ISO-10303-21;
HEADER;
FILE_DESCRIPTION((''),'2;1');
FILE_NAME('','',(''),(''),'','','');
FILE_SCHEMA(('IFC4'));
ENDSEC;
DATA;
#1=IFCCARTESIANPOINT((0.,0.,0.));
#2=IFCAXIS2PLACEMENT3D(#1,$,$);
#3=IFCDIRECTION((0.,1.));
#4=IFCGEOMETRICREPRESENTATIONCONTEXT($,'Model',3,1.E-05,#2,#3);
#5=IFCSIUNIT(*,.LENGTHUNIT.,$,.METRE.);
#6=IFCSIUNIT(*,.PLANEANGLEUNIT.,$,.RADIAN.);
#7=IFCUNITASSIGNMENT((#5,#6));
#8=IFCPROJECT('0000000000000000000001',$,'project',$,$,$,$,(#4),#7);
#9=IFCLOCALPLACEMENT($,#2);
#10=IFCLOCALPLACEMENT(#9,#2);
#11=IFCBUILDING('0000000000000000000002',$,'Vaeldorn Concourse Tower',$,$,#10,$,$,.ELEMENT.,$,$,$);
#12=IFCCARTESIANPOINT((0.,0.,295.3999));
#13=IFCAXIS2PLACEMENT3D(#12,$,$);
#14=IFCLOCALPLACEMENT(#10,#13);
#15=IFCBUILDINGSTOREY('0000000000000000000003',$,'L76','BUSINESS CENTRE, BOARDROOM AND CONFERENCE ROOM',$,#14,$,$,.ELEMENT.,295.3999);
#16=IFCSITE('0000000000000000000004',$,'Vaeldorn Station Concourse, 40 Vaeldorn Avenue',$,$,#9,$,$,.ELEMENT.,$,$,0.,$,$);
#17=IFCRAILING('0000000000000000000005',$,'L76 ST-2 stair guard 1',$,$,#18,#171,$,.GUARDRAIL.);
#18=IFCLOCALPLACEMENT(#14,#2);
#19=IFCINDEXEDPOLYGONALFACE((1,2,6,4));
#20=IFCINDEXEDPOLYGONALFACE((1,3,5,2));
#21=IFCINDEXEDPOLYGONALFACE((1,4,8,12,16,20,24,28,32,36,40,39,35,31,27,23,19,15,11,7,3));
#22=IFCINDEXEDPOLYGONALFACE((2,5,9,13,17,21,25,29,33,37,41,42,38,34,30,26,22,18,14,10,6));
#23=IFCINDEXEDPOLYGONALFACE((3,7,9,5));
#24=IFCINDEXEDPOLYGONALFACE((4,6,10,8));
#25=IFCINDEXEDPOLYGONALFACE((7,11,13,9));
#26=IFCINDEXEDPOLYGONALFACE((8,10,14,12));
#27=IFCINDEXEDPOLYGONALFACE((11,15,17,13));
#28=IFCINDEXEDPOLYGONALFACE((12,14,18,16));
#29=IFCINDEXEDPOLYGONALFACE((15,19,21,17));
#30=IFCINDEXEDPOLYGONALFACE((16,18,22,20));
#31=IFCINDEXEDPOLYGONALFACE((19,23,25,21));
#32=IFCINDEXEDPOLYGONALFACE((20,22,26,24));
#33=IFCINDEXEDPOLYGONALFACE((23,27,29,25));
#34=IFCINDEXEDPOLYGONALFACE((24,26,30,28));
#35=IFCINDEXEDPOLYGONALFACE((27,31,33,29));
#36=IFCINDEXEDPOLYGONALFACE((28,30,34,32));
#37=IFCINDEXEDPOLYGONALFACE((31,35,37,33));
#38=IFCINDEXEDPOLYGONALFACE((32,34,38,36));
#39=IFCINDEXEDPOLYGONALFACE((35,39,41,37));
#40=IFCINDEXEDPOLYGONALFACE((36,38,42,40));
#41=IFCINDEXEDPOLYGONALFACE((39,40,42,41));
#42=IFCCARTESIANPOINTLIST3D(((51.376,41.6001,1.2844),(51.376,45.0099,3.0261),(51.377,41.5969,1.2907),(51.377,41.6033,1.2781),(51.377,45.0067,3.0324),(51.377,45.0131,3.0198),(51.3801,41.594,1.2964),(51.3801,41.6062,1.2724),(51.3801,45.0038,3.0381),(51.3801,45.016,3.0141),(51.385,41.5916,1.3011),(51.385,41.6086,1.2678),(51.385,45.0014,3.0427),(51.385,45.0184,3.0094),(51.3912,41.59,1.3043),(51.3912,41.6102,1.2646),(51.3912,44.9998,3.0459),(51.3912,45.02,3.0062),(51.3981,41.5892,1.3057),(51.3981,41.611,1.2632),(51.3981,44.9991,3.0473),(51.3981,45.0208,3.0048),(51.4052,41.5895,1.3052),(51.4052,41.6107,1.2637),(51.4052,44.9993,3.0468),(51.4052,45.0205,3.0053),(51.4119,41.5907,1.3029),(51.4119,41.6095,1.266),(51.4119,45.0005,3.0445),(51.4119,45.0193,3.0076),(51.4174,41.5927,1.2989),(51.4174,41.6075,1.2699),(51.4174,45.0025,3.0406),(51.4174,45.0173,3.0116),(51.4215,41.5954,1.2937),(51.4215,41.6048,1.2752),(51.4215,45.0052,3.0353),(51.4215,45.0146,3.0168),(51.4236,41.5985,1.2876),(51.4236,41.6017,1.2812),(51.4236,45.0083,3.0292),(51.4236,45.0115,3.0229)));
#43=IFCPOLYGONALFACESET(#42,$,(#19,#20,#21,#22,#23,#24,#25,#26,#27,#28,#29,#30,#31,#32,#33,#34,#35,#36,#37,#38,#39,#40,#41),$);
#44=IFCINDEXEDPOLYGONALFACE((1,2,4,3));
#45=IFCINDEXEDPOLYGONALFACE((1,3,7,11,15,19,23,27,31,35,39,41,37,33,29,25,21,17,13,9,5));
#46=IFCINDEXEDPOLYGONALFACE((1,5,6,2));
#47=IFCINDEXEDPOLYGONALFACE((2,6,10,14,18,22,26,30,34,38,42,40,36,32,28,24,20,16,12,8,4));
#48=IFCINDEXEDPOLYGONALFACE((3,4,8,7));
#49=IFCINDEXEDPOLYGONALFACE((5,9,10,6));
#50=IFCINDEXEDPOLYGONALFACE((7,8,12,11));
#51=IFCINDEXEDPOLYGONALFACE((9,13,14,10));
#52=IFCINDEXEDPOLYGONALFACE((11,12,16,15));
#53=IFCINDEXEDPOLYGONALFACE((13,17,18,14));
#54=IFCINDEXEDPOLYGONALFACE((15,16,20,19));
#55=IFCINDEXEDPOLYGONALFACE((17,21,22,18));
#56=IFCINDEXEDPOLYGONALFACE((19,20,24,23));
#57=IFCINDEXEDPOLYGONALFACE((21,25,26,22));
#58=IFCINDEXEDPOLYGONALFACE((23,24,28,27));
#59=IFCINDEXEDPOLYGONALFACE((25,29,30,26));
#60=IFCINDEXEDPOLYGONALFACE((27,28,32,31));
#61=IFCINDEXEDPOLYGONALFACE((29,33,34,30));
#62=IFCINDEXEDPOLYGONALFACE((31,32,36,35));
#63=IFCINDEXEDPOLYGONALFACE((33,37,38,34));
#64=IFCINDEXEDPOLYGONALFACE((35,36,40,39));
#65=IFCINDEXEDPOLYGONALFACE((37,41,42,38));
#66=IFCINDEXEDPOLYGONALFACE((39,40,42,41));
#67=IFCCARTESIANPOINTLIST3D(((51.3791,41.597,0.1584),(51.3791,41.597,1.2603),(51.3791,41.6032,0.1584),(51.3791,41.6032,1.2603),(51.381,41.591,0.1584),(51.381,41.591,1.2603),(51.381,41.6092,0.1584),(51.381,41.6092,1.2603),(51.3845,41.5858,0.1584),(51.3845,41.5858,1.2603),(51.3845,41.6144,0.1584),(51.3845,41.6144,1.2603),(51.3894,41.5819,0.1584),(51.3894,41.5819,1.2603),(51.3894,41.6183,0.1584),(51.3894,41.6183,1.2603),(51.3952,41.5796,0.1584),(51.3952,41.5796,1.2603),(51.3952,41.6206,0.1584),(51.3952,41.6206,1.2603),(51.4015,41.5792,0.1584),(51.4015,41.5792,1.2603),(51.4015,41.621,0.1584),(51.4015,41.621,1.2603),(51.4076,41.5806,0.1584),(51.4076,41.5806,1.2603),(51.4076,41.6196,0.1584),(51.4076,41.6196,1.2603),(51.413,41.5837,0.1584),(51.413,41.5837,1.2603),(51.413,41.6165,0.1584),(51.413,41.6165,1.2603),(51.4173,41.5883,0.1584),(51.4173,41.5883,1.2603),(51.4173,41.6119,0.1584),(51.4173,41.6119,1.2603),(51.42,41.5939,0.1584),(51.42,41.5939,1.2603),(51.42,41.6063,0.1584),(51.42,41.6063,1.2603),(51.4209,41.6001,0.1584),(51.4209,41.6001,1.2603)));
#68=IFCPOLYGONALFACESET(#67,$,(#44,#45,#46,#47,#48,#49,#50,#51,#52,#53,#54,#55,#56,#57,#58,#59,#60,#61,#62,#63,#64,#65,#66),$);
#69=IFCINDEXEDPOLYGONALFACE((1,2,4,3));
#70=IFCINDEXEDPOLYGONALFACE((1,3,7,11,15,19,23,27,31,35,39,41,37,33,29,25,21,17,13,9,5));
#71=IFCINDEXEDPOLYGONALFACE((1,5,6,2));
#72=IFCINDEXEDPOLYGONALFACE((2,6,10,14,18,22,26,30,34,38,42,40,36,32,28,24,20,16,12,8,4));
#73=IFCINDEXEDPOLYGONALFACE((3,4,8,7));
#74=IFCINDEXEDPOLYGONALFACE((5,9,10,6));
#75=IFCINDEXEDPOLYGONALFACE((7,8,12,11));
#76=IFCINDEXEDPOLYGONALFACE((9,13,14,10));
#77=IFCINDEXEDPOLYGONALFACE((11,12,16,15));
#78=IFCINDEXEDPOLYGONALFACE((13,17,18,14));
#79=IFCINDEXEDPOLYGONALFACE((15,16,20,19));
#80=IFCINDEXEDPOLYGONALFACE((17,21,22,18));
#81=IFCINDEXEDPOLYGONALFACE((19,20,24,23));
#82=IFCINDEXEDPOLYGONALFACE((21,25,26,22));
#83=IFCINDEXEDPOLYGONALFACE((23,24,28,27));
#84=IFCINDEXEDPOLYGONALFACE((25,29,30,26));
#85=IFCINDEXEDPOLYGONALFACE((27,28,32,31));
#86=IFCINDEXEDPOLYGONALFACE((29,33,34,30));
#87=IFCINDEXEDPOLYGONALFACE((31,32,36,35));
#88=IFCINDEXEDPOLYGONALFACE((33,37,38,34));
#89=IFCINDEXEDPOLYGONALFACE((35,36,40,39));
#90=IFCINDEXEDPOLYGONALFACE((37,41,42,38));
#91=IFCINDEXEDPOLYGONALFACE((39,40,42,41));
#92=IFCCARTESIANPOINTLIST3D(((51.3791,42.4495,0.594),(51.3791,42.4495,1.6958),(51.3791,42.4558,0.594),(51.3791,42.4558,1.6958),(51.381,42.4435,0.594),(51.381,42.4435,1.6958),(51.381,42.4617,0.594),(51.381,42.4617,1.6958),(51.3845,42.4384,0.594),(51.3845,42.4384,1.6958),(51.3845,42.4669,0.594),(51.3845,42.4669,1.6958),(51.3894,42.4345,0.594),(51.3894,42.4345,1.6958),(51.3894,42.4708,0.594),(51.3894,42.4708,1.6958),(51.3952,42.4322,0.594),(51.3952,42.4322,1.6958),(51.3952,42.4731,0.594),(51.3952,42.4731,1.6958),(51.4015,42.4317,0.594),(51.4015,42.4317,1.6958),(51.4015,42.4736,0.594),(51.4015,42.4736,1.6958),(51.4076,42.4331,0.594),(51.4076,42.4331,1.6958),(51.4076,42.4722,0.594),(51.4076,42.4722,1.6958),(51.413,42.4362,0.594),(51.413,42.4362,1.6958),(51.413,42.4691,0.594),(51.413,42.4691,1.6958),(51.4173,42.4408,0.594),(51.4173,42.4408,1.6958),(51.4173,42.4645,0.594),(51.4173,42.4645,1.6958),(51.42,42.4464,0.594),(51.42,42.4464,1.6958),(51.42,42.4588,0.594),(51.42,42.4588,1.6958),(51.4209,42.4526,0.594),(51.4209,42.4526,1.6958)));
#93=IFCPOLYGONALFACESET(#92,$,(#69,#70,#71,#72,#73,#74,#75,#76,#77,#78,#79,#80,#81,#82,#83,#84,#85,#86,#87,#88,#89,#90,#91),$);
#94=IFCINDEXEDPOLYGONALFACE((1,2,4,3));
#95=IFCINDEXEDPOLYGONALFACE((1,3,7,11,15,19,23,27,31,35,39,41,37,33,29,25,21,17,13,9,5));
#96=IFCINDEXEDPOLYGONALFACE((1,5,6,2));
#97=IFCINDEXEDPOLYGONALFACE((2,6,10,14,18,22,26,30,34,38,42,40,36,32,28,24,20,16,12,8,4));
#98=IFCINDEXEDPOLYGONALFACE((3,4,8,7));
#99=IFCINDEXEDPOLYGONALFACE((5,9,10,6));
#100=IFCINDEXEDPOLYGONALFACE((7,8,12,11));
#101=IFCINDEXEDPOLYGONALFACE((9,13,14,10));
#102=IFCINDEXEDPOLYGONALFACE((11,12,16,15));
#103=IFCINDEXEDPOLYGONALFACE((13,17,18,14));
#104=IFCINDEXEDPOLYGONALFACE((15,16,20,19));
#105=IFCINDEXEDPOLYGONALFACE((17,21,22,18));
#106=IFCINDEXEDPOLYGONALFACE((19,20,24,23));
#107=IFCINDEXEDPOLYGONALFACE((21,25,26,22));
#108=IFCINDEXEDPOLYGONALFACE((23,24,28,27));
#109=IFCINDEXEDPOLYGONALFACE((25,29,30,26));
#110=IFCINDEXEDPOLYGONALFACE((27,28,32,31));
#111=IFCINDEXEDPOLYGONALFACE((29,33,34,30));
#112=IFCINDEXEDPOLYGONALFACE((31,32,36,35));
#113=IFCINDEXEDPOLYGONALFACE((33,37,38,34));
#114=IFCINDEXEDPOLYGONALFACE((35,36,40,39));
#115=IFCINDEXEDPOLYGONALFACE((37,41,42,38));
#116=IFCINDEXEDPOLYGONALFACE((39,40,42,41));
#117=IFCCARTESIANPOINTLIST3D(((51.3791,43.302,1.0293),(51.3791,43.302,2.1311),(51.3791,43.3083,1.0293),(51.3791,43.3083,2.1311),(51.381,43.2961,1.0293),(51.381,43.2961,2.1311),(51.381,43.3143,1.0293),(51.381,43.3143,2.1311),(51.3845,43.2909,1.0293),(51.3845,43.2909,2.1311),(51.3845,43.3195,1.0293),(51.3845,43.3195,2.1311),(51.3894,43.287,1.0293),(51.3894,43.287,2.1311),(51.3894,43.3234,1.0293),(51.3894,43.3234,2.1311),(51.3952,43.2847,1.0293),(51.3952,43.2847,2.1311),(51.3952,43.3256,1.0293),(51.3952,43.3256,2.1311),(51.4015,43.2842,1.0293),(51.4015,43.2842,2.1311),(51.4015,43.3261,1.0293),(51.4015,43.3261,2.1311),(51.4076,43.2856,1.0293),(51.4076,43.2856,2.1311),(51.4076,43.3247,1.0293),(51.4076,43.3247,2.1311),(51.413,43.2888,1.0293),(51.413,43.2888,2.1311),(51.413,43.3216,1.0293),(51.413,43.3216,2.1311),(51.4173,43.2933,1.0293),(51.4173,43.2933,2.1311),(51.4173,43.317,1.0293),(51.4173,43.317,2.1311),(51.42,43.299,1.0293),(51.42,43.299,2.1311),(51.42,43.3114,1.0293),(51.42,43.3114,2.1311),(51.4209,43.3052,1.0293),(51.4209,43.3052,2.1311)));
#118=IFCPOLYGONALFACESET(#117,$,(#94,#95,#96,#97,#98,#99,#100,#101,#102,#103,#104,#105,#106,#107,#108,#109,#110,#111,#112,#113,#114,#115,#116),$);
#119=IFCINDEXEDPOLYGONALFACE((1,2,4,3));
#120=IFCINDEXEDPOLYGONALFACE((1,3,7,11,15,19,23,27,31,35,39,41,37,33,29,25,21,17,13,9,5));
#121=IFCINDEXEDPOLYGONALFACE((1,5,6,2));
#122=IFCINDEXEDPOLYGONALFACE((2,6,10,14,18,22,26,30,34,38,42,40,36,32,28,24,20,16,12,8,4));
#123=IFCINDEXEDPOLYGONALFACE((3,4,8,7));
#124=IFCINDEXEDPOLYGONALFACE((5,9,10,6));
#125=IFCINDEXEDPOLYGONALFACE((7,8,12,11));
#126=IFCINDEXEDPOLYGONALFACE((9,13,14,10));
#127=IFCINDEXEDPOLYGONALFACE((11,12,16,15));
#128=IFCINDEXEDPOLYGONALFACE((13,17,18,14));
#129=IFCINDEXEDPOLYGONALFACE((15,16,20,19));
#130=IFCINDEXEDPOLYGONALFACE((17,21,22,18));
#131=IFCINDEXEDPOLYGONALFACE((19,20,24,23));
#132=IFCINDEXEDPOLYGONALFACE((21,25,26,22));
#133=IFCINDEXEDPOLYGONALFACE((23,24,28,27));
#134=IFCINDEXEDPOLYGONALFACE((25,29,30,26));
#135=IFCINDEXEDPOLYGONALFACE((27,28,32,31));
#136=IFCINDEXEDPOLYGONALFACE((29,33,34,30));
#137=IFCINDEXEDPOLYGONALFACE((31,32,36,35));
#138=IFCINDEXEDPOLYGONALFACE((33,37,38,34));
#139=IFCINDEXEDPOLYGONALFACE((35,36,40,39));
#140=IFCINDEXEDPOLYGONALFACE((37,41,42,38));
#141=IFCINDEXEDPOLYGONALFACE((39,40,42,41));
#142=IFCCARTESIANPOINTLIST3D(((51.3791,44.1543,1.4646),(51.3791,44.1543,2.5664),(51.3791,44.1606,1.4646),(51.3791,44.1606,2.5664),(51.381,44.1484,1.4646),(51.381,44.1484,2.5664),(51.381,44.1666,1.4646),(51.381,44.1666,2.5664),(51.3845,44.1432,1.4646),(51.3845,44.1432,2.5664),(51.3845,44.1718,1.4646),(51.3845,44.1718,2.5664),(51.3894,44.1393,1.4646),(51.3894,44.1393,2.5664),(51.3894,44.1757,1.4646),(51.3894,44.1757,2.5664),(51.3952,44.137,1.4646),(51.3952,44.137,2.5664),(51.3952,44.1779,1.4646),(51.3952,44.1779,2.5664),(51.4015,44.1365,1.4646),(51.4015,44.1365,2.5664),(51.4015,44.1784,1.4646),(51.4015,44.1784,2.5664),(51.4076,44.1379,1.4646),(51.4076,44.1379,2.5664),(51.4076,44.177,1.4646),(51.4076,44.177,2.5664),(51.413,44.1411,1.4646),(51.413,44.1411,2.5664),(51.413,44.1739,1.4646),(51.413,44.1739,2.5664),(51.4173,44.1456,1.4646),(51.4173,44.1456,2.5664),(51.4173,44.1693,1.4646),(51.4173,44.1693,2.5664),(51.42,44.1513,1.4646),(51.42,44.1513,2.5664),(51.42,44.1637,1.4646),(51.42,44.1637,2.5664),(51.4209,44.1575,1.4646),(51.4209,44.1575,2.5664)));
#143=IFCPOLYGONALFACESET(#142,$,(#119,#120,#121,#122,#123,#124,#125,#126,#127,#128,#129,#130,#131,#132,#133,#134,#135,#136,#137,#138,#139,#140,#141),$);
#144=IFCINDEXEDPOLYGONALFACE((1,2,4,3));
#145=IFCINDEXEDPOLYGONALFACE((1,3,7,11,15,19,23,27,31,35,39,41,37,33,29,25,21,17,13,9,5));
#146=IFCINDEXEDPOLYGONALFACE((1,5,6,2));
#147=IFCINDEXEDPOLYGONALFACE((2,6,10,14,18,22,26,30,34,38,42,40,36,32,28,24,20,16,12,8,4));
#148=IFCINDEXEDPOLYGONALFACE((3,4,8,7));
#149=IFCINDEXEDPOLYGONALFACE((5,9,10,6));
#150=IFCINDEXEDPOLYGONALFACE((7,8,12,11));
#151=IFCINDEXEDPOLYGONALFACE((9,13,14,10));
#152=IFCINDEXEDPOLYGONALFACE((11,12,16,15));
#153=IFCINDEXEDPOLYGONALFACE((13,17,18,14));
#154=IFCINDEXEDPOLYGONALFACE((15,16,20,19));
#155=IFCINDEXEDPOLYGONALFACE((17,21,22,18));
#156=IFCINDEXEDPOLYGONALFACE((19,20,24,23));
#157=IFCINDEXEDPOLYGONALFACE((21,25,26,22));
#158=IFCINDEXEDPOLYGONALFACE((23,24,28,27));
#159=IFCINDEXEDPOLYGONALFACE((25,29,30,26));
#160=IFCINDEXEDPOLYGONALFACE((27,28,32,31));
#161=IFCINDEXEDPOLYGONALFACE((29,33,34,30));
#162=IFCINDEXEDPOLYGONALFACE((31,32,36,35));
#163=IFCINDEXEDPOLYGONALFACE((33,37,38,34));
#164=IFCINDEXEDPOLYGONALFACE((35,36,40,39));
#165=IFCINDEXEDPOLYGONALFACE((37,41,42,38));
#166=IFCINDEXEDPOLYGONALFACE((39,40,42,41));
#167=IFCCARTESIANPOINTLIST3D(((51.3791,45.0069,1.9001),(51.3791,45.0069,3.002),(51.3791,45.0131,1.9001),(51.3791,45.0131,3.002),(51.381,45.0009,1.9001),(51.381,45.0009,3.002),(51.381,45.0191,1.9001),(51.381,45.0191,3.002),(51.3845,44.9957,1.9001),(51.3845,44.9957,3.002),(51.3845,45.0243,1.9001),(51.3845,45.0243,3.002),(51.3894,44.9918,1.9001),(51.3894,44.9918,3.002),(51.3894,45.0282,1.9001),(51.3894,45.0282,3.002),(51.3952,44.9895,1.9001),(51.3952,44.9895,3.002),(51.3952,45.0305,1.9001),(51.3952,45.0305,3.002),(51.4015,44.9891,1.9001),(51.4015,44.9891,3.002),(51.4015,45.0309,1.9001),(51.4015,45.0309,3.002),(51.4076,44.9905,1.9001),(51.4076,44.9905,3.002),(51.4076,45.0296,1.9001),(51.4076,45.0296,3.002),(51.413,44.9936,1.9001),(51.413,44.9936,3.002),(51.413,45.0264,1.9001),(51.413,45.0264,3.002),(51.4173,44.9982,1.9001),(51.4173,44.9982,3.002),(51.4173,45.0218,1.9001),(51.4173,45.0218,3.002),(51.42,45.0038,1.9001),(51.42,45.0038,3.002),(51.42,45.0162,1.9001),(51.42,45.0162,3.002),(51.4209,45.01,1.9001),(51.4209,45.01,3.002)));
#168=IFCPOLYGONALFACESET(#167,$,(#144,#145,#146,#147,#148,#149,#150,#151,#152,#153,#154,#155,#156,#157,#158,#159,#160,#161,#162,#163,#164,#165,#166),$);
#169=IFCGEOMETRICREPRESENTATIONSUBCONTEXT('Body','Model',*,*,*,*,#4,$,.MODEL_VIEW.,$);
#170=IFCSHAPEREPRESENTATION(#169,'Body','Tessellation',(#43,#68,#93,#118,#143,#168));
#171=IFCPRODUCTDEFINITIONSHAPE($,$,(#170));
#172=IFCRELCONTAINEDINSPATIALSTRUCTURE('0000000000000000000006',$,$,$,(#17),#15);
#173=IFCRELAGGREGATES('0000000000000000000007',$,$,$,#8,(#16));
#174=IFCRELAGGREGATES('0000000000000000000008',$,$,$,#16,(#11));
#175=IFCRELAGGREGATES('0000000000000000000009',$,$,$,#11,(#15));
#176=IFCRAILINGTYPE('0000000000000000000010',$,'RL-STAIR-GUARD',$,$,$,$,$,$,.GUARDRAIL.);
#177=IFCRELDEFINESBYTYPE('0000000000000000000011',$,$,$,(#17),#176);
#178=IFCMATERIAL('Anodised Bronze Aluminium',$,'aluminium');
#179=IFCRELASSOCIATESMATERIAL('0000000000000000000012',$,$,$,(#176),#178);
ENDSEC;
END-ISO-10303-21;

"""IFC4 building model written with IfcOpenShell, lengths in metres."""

from ifc_helpers import new_model, si_unit, direction, frame, origin, origin_2d, place, context, subcontext, project, spatial, circle, extrude, material, type_object, element, save


model = new_model("IFC4")

# Units and contexts
model_context = context("Model", 3, precision=1e-05, world=origin(), true_north=direction((0.0, 1.0)))
body_context = subcontext(model_context, "Body", "Model", "MODEL_VIEW")
ifc_project = project(units=[si_unit("LENGTHUNIT", "METRE"), si_unit("PLANEANGLEUNIT", "RADIAN")], contexts=[model_context])

# Site, building, storey
site_placement = place(None, origin())
site = spatial("IfcSite", under=ifc_project, at=site_placement, Name="Vaeldorn Station Concourse, 40 Vaeldorn Avenue", CompositionType="ELEMENT", RefElevation=0.0)
building_placement = place(site_placement, origin())
building = spatial("IfcBuilding", under=site, at=building_placement, Name="Vaeldorn Concourse Tower", CompositionType="ELEMENT")
storey_placement = place(building_placement, frame((0.0, 0.0, 295.3999)))
storey = spatial("IfcBuildingStorey", under=building, at=storey_placement, Name="L76", Description="BUSINESS CENTRE, BOARDROOM AND CONFERENCE ROOM", CompositionType="ELEMENT", Elevation=295.3999)

# Shared definitions
ifc_material_1 = material(Name="Anodised Bronze Aluminium", Category="aluminium")

# Railing
railing_type_1 = type_object("IfcRailingType", Name="RL-STAIR-GUARD", PredefinedType="GUARDRAIL", material=ifc_material_1)
railing_1_placement = place(storey_placement, frame((51.3999, 41.6001, 0.1584)))
element("IfcRailing", 1, at=railing_1_placement, inside=storey, type_object=railing_type_1, Name="L76 ST-2 stair guard 1", PredefinedType="GUARDRAIL", context=body_context, shape_type="SweptSolid", body=[
    extrude(circle(Radius=0.0239, at=origin_2d()), frame((0.0, 0.0, 1.126), z_axis=(0.0, 0.890556, 0.454874), x_axis=(-1.0, 0.0, 0.0)), (0.0, 0.0, 1.0), 3.8289),
    extrude(circle(Radius=0.021, at=origin_2d()), origin(), (0.0, 0.0, 1.0), 1.1018),
    extrude(circle(Radius=0.021, at=origin_2d()), frame((0.0, 0.8525, 0.4355)), (0.0, 0.0, 1.0), 1.1018),
    extrude(circle(Radius=0.021, at=origin_2d()), frame((0.0, 1.7051, 0.8708)), (0.0, 0.0, 1.0), 1.1018),
    extrude(circle(Radius=0.021, at=origin_2d()), frame((0.0, 2.5574, 1.3062)), (0.0, 0.0, 1.0), 1.1018),
    extrude(circle(Radius=0.021, at=origin_2d()), frame((0.0, 3.4099, 1.7417)), (0.0, 0.0, 1.0), 1.1018),
])

save(model, "model.ifc")
